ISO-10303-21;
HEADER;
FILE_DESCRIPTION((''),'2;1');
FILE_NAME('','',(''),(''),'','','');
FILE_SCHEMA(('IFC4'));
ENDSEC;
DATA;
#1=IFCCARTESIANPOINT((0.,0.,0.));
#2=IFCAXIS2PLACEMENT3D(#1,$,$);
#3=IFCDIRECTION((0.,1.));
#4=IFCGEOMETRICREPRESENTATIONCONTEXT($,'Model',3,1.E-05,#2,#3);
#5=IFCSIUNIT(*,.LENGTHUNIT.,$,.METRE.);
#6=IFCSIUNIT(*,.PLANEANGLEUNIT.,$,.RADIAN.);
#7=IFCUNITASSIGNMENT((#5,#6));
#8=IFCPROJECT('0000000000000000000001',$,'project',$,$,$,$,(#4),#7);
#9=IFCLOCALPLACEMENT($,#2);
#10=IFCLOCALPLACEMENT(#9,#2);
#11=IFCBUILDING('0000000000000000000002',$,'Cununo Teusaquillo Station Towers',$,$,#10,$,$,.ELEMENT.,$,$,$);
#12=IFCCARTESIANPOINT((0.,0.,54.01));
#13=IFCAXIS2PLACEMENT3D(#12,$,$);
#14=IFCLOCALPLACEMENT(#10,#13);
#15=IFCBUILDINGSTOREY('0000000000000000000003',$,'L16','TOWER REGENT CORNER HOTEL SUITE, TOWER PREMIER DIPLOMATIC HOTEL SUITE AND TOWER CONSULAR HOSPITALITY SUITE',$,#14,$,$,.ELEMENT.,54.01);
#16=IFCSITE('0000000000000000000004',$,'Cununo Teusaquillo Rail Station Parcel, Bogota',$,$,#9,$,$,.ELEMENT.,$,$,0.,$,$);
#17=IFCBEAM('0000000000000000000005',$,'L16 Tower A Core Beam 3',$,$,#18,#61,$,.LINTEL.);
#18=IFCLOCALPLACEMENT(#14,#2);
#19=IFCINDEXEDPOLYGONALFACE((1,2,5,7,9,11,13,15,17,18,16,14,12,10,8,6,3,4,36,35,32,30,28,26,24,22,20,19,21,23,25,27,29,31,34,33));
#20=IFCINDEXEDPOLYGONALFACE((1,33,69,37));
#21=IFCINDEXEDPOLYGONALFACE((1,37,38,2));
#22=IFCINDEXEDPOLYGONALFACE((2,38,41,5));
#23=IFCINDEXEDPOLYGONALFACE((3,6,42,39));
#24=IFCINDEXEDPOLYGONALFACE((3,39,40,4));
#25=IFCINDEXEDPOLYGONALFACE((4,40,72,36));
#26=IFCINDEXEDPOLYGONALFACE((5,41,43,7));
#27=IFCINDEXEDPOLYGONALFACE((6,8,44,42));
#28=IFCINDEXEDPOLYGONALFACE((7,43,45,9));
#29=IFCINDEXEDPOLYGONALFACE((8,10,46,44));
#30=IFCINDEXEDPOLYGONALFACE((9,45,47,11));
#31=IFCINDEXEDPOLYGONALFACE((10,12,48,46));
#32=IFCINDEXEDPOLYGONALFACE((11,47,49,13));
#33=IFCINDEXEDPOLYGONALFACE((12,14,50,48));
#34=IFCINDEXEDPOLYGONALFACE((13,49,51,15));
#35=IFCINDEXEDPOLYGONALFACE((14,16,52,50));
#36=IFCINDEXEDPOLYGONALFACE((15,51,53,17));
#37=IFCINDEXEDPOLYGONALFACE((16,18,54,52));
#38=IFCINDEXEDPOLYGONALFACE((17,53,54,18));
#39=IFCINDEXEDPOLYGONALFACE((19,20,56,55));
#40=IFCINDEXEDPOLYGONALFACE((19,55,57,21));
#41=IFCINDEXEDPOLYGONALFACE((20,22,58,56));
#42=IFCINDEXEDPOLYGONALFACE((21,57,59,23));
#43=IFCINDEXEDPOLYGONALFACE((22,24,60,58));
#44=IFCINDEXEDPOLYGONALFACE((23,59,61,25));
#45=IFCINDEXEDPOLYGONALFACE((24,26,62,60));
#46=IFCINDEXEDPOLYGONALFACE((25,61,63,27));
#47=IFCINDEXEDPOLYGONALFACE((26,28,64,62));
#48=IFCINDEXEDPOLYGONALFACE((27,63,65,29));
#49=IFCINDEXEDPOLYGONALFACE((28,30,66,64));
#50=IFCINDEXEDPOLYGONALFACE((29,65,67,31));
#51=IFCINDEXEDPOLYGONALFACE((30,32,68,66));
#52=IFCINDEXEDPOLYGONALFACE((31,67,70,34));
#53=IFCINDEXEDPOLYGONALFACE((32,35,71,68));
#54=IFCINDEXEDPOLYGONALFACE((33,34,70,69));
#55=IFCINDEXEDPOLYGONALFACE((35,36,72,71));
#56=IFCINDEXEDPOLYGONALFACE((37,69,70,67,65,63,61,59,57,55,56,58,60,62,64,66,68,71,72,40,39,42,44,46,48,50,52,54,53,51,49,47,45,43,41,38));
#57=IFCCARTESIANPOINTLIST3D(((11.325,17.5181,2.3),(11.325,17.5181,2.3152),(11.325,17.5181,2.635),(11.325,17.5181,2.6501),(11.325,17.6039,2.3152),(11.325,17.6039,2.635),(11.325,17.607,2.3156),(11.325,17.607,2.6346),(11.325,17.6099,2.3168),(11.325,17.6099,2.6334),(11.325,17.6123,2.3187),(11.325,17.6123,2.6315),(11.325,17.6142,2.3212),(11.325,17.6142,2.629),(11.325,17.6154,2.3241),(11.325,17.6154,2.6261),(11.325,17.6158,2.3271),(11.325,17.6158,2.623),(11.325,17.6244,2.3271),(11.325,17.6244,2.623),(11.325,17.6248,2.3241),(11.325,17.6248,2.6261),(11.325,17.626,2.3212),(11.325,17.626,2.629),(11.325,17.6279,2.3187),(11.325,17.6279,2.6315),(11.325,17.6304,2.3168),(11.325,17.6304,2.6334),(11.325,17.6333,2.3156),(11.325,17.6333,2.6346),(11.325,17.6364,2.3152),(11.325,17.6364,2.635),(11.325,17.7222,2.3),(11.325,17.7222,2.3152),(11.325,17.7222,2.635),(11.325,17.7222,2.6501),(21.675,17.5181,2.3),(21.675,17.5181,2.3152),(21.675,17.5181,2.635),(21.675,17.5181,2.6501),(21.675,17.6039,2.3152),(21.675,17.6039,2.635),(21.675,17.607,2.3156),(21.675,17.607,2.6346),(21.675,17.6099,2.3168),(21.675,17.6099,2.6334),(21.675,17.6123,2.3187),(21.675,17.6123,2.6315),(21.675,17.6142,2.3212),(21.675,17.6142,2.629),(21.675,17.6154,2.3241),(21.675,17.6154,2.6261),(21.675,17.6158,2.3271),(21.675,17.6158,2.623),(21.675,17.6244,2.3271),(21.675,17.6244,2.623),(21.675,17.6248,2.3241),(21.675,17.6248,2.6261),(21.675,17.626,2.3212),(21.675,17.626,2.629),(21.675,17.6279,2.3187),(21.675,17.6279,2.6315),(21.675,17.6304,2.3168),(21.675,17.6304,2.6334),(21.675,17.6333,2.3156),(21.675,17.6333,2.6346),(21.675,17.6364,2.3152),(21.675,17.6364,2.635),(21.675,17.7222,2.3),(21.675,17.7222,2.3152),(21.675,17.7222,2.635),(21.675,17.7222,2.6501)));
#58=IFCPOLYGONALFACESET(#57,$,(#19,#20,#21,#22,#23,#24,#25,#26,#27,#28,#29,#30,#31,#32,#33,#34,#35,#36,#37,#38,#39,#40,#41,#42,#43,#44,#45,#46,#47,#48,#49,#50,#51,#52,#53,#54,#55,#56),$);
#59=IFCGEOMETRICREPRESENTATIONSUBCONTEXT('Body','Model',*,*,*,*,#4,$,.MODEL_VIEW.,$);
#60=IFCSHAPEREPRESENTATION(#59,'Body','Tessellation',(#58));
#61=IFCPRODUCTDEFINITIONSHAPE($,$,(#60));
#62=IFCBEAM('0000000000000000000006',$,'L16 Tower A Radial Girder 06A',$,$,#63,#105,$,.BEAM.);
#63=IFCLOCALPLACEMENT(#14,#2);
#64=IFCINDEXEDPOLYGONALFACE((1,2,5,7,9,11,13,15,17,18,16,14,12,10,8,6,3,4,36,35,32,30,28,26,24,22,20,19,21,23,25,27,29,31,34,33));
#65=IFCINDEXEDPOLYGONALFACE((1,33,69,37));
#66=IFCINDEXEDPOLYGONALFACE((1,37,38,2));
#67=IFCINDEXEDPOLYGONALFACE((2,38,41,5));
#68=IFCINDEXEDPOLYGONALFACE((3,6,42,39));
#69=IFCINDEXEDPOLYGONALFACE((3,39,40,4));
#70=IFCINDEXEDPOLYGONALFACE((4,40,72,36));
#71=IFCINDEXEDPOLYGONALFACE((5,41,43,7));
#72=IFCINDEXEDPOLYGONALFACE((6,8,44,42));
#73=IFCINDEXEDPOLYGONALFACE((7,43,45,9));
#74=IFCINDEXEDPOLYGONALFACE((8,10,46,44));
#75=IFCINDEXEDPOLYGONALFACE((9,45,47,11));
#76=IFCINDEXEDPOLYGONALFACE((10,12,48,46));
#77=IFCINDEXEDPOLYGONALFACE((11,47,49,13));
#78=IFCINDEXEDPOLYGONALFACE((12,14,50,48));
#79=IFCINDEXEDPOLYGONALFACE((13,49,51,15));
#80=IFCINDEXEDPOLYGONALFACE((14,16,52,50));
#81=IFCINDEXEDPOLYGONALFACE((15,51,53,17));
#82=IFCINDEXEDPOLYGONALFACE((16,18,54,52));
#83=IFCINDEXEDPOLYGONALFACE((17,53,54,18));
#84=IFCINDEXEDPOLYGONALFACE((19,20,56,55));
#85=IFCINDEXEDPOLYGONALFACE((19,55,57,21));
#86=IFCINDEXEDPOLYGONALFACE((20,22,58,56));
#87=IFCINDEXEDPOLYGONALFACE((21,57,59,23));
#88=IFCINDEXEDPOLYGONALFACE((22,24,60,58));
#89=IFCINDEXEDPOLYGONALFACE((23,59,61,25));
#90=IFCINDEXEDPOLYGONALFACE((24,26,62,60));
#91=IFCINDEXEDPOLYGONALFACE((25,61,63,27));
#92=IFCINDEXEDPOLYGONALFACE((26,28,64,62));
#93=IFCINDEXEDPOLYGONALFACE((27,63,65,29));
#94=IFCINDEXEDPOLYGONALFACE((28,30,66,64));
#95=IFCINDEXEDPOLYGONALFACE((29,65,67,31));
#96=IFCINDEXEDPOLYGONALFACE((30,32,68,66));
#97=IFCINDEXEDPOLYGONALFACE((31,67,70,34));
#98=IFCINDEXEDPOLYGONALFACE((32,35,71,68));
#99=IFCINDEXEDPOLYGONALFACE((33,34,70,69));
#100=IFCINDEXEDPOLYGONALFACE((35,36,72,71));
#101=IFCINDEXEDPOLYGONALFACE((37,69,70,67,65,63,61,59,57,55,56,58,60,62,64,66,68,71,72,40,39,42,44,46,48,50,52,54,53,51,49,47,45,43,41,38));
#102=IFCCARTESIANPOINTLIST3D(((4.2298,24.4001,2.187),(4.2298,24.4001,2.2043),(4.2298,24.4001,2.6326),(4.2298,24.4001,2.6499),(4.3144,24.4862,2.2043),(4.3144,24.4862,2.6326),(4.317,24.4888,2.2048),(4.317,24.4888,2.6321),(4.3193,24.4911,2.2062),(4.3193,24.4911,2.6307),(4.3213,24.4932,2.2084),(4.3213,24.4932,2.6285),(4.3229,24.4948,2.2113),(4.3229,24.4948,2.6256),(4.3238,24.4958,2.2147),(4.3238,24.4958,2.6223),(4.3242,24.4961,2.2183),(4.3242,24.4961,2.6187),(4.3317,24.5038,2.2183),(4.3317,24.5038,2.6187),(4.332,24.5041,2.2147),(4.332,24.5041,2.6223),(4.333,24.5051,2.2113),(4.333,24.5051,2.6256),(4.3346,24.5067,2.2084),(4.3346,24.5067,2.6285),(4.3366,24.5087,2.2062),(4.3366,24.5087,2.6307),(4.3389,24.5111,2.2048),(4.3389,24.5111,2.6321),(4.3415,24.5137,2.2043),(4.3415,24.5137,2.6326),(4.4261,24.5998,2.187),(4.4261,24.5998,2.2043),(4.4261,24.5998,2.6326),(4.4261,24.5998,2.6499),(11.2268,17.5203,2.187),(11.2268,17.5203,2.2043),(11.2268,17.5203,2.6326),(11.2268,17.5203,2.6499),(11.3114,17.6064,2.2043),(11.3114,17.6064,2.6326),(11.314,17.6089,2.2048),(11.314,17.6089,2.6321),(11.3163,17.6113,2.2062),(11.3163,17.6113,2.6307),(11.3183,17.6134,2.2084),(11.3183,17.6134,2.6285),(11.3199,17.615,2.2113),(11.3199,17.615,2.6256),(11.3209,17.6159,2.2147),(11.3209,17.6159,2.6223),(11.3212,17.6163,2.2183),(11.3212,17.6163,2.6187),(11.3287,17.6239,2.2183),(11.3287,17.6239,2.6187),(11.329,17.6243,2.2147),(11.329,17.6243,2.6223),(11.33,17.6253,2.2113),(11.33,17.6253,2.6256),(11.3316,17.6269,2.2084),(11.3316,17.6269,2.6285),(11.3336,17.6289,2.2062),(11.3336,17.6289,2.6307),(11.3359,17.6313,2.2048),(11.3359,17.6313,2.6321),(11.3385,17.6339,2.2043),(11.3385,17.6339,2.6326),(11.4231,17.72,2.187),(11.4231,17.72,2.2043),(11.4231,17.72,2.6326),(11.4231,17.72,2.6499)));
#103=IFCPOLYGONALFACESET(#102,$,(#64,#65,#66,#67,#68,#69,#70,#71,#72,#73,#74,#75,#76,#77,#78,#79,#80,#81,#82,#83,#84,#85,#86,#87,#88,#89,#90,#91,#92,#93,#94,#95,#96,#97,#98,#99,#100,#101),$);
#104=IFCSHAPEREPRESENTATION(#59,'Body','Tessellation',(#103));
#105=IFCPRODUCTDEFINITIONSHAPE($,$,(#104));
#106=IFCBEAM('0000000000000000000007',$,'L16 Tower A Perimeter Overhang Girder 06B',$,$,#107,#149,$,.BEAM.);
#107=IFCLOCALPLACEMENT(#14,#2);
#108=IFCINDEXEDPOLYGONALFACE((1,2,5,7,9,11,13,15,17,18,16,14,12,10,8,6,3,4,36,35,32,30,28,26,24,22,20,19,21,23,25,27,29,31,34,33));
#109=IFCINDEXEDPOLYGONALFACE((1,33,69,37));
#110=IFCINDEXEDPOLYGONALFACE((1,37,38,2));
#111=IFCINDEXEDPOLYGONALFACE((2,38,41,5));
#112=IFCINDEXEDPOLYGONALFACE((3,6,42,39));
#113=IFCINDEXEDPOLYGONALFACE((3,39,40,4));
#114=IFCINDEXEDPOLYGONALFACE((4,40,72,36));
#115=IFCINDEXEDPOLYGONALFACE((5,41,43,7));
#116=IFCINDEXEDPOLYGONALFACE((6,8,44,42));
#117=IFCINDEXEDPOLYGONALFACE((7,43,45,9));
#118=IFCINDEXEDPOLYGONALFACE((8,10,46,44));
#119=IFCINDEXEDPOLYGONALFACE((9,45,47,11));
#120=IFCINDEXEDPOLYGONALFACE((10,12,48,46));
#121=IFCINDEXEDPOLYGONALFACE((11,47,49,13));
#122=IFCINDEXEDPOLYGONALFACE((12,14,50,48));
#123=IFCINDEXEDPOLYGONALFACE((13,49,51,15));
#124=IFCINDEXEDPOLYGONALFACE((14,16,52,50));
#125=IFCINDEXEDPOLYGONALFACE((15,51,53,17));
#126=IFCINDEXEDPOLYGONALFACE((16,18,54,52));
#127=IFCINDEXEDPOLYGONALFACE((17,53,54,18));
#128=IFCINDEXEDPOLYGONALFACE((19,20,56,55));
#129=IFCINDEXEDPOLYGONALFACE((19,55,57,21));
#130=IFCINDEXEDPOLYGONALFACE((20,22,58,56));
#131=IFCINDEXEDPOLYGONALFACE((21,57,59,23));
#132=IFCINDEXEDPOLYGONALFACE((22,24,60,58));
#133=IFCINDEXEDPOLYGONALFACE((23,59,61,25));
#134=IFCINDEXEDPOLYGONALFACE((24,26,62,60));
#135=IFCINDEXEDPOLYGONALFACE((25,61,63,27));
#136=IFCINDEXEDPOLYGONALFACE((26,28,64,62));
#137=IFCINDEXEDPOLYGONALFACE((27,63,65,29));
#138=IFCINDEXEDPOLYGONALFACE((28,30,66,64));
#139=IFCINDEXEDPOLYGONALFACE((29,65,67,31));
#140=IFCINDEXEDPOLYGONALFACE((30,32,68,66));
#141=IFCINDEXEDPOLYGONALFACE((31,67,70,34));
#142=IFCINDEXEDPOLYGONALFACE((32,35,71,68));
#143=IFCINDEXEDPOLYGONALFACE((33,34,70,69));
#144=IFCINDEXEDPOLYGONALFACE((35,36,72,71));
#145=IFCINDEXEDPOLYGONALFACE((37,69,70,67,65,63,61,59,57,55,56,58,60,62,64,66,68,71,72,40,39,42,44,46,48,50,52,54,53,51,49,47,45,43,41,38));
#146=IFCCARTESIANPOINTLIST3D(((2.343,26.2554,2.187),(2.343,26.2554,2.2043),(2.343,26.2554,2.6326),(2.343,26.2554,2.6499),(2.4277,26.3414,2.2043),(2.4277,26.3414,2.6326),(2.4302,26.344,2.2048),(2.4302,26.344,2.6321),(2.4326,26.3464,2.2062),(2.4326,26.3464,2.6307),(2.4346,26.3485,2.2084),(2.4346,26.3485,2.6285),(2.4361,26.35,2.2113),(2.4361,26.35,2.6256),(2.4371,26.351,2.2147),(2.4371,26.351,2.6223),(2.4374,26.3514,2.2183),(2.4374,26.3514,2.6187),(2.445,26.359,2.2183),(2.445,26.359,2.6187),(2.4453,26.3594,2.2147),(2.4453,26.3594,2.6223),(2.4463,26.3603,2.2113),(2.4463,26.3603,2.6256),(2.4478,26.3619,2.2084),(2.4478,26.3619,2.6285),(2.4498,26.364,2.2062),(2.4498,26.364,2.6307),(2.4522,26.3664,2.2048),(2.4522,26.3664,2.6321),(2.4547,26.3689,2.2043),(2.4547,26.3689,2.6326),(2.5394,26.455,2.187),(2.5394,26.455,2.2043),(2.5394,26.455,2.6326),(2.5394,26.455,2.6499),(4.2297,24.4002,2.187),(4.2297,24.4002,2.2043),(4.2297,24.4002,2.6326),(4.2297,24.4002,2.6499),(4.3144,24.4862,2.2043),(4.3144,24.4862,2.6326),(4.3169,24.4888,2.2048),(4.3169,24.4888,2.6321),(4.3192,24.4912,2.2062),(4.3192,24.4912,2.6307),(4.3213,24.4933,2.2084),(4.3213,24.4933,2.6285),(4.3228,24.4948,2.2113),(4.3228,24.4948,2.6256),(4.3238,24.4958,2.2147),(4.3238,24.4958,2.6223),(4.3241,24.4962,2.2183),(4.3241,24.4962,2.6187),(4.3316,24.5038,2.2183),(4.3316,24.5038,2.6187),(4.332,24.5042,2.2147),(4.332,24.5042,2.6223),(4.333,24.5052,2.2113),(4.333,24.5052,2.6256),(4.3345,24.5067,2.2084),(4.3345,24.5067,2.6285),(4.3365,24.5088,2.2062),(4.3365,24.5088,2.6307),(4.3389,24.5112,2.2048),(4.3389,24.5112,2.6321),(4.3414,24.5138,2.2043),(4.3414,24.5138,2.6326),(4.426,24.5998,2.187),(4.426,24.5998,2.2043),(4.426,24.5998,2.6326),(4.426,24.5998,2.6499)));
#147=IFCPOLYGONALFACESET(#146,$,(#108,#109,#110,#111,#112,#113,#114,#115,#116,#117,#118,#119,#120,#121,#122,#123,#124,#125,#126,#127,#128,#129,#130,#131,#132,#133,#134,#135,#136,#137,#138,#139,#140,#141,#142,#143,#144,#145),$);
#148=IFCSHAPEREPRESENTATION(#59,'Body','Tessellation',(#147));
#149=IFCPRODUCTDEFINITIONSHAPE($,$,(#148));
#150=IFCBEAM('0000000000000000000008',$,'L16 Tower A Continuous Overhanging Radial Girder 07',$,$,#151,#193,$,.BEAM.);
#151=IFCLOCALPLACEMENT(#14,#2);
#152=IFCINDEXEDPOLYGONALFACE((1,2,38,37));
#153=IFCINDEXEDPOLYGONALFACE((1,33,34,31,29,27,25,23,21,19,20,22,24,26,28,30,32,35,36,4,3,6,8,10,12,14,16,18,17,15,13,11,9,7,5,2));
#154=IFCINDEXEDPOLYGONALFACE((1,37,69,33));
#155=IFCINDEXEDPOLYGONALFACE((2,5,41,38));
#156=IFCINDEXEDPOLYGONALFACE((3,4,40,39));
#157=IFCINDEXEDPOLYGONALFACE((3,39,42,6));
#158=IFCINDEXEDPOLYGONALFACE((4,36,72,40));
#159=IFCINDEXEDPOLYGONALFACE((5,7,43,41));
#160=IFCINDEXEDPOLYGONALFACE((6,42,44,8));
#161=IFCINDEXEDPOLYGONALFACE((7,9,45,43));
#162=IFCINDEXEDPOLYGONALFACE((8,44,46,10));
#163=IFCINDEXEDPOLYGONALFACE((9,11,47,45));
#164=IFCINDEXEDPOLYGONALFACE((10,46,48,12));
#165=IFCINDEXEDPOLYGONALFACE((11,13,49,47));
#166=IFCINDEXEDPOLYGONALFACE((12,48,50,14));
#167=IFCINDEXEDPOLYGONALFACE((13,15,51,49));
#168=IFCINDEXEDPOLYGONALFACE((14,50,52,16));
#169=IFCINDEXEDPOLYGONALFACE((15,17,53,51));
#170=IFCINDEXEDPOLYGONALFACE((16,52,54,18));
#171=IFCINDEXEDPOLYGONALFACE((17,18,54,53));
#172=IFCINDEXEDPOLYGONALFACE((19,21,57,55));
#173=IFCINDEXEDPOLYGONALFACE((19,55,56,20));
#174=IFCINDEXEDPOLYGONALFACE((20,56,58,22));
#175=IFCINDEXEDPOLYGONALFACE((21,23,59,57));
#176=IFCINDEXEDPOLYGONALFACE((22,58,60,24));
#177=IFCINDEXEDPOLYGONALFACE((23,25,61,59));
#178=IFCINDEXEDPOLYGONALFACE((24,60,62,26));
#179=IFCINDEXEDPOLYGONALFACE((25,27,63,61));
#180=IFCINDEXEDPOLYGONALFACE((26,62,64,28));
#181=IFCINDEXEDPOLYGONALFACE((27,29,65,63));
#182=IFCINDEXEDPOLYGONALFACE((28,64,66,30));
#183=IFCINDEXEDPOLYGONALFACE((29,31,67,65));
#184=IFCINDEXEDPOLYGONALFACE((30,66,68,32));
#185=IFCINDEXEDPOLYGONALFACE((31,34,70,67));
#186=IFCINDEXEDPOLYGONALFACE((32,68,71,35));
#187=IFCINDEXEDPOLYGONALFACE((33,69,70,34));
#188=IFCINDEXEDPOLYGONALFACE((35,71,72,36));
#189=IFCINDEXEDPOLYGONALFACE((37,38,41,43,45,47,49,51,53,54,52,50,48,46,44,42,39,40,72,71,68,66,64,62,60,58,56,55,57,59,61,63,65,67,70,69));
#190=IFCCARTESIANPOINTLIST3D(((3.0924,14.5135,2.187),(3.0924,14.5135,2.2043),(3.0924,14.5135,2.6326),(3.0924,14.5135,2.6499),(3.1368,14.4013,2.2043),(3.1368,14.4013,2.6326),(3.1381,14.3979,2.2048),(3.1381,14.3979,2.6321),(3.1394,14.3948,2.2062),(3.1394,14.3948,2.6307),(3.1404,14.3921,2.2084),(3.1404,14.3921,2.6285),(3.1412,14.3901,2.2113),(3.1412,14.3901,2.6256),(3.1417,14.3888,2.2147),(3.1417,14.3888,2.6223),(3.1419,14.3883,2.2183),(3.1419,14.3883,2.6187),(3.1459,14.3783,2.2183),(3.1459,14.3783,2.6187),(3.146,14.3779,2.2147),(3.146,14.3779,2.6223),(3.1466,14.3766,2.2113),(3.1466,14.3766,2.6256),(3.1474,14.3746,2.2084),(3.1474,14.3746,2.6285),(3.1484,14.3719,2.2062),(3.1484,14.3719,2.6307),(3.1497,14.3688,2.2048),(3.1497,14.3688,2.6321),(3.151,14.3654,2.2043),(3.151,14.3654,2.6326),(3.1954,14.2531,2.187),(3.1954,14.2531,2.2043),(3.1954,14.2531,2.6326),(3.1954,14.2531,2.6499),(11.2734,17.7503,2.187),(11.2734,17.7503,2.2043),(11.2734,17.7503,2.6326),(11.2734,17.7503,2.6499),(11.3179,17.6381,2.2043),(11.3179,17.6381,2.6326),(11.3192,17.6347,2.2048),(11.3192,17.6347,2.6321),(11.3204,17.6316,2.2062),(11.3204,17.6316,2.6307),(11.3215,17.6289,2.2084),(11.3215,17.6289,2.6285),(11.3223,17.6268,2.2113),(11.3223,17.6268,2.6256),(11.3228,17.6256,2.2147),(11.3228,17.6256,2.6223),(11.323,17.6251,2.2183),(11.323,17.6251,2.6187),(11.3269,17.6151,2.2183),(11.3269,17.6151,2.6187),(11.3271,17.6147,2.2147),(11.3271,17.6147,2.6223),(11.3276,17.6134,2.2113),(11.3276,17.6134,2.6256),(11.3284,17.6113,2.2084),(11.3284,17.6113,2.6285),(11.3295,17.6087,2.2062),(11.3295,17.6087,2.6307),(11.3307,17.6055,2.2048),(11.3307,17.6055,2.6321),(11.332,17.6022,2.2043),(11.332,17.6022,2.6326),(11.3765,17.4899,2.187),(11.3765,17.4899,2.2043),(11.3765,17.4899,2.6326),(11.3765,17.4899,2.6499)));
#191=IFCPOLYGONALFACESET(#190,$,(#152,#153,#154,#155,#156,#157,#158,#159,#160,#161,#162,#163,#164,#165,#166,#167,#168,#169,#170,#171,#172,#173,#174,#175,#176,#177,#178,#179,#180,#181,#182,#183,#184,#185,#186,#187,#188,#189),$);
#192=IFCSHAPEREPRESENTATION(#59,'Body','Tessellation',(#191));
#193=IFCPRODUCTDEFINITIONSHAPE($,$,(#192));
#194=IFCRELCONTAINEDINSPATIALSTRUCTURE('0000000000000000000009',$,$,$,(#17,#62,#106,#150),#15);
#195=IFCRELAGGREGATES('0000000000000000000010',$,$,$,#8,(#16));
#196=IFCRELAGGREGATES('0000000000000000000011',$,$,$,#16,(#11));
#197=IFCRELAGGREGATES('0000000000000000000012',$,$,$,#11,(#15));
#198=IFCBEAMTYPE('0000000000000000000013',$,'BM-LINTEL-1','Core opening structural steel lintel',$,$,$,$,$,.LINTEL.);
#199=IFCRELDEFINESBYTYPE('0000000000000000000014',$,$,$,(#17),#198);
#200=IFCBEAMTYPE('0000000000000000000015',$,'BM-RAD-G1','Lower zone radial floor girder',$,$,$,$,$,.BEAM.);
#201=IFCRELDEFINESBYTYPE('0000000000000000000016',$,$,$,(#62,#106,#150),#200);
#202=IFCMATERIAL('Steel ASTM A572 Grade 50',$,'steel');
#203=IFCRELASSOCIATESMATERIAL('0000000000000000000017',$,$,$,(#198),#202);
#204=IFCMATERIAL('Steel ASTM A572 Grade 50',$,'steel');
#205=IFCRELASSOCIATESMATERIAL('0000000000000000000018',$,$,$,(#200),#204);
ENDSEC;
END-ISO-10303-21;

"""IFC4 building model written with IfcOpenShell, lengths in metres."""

from ifc_helpers import new_model, si_unit, direction, frame, origin, origin_2d, place, context, subcontext, project, spatial, i_section, extrude, material, material_profile, profile_set, type_object, element, save


model = new_model("IFC4")

# Units and contexts
model_context = context("Model", 3, precision=1e-05, world=origin(), true_north=direction((0.0, 1.0)))
body_context = subcontext(model_context, "Body", "Model", "MODEL_VIEW")
ifc_project = project(units=[si_unit("LENGTHUNIT", "METRE"), si_unit("PLANEANGLEUNIT", "RADIAN")], contexts=[model_context])

# Site, building, storey
site_placement = place(None, origin())
site = spatial("IfcSite", under=ifc_project, at=site_placement, Name="Cununo Teusaquillo Rail Station Parcel, Bogota", CompositionType="ELEMENT", RefElevation=0.0)
building_placement = place(site_placement, origin())
building = spatial("IfcBuilding", under=site, at=building_placement, Name="Cununo Teusaquillo Station Towers", CompositionType="ELEMENT")
storey_placement = place(building_placement, frame((0.0, 0.0, 54.01)))
storey = spatial("IfcBuildingStorey", under=building, at=storey_placement, Name="L16", Description="TOWER REGENT CORNER HOTEL SUITE, TOWER PREMIER DIPLOMATIC HOTEL SUITE AND TOWER CONSULAR HOSPITALITY SUITE", CompositionType="ELEMENT", Elevation=54.01)

# Beams
ifc_material_1 = material(Name="Steel ASTM A572 Grade 50", Category="steel")
ifc_material_profile_1 = material_profile(ifc_material_1, i_section(OverallWidth=0.2041, OverallDepth=0.3501, WebThickness=0.0085, FlangeThickness=0.0151, FilletRadius=0.012, at=origin_2d()), Name="W14X48")
ifc_profile_set_1 = profile_set([ifc_material_profile_1], Name="Steel ASTM A572 Grade 50")
beam_type_1 = type_object("IfcBeamType", Name="BM-LINTEL-1", Description="Core opening structural steel lintel", PredefinedType="LINTEL", material=ifc_profile_set_1)
beam_1_placement = place(storey_placement, frame((11.325, 17.6201, 2.4751), z_axis=(1.0, 0.0, 0.0), x_axis=(0.0, 1.0, 0.0)))
element("IfcBeam", 1, at=beam_1_placement, inside=storey, type_object=beam_type_1, Name="L16 Tower A Core Beam 3", PredefinedType="LINTEL", context=body_context, shape_type="SweptSolid", body=[
    extrude(i_section(OverallWidth=0.2041, OverallDepth=0.3501, WebThickness=0.0085, FlangeThickness=0.0151, FilletRadius=0.012, at=origin_2d()), origin(), (0.0, 0.0, 1.0), 10.3501),
])
ifc_material_2 = material(Name="Steel ASTM A572 Grade 50", Category="steel")
ifc_material_profile_2 = material_profile(ifc_material_2, i_section(OverallWidth=0.28, OverallDepth=0.4629, WebThickness=0.0107, FlangeThickness=0.0173, FilletRadius=0.0139, at=origin_2d()), Name="W18X76")
ifc_profile_set_2 = profile_set([ifc_material_profile_2], Name="Steel ASTM A572 Grade 50")
beam_type_2 = type_object("IfcBeamType", Name="BM-RAD-G1", Description="Lower zone radial floor girder", PredefinedType="BEAM", material=ifc_profile_set_2)
beam_2_placement = place(storey_placement, frame((11.325, 17.6201, 2.4185), z_axis=(-0.713053, 0.70111, 0.0), x_axis=(-0.70111, -0.713053, 0.0)))
element("IfcBeam", 2, at=beam_2_placement, inside=storey, type_object=beam_type_2, Name="L16 Tower A Radial Girder 06A", PredefinedType="BEAM", context=body_context, shape_type="SweptSolid", body=[
    extrude(i_section(OverallWidth=0.28, OverallDepth=0.4629, WebThickness=0.0107, FlangeThickness=0.0173, FilletRadius=0.0139, at=origin_2d()), origin(), (0.0, 0.0, 1.0), 9.8127),
])
beam_3_placement = place(storey_placement, frame((4.3279, 24.5, 2.4185), z_axis=(-0.713033, 0.701131, 0.0), x_axis=(-0.701131, -0.713033, 0.0)))
element("IfcBeam", 3, at=beam_3_placement, inside=storey, type_object=beam_type_2, Name="L16 Tower A Perimeter Overhang Girder 06B", PredefinedType="BEAM", context=body_context, shape_type="SweptSolid", body=[
    extrude(i_section(OverallWidth=0.28, OverallDepth=0.4629, WebThickness=0.0107, FlangeThickness=0.0173, FilletRadius=0.0139, at=origin_2d()), origin(), (0.0, 0.0, 1.0), 2.646),
])
beam_4_placement = place(storey_placement, frame((11.325, 17.6201, 2.4185), z_axis=(-0.929867, -0.367896, 0.0), x_axis=(0.367896, -0.929867, 0.0)))
element("IfcBeam", 4, at=beam_4_placement, inside=storey, type_object=beam_type_2, Name="L16 Tower A Continuous Overhanging Radial Girder 07", PredefinedType="BEAM", context=body_context, shape_type="SweptSolid", body=[
    extrude(i_section(OverallWidth=0.28, OverallDepth=0.4629, WebThickness=0.0107, FlangeThickness=0.0173, FilletRadius=0.0139, at=origin_2d()), origin(), (0.0, 0.0, 1.0), 8.7981),
])

save(model, "model.ifc")
